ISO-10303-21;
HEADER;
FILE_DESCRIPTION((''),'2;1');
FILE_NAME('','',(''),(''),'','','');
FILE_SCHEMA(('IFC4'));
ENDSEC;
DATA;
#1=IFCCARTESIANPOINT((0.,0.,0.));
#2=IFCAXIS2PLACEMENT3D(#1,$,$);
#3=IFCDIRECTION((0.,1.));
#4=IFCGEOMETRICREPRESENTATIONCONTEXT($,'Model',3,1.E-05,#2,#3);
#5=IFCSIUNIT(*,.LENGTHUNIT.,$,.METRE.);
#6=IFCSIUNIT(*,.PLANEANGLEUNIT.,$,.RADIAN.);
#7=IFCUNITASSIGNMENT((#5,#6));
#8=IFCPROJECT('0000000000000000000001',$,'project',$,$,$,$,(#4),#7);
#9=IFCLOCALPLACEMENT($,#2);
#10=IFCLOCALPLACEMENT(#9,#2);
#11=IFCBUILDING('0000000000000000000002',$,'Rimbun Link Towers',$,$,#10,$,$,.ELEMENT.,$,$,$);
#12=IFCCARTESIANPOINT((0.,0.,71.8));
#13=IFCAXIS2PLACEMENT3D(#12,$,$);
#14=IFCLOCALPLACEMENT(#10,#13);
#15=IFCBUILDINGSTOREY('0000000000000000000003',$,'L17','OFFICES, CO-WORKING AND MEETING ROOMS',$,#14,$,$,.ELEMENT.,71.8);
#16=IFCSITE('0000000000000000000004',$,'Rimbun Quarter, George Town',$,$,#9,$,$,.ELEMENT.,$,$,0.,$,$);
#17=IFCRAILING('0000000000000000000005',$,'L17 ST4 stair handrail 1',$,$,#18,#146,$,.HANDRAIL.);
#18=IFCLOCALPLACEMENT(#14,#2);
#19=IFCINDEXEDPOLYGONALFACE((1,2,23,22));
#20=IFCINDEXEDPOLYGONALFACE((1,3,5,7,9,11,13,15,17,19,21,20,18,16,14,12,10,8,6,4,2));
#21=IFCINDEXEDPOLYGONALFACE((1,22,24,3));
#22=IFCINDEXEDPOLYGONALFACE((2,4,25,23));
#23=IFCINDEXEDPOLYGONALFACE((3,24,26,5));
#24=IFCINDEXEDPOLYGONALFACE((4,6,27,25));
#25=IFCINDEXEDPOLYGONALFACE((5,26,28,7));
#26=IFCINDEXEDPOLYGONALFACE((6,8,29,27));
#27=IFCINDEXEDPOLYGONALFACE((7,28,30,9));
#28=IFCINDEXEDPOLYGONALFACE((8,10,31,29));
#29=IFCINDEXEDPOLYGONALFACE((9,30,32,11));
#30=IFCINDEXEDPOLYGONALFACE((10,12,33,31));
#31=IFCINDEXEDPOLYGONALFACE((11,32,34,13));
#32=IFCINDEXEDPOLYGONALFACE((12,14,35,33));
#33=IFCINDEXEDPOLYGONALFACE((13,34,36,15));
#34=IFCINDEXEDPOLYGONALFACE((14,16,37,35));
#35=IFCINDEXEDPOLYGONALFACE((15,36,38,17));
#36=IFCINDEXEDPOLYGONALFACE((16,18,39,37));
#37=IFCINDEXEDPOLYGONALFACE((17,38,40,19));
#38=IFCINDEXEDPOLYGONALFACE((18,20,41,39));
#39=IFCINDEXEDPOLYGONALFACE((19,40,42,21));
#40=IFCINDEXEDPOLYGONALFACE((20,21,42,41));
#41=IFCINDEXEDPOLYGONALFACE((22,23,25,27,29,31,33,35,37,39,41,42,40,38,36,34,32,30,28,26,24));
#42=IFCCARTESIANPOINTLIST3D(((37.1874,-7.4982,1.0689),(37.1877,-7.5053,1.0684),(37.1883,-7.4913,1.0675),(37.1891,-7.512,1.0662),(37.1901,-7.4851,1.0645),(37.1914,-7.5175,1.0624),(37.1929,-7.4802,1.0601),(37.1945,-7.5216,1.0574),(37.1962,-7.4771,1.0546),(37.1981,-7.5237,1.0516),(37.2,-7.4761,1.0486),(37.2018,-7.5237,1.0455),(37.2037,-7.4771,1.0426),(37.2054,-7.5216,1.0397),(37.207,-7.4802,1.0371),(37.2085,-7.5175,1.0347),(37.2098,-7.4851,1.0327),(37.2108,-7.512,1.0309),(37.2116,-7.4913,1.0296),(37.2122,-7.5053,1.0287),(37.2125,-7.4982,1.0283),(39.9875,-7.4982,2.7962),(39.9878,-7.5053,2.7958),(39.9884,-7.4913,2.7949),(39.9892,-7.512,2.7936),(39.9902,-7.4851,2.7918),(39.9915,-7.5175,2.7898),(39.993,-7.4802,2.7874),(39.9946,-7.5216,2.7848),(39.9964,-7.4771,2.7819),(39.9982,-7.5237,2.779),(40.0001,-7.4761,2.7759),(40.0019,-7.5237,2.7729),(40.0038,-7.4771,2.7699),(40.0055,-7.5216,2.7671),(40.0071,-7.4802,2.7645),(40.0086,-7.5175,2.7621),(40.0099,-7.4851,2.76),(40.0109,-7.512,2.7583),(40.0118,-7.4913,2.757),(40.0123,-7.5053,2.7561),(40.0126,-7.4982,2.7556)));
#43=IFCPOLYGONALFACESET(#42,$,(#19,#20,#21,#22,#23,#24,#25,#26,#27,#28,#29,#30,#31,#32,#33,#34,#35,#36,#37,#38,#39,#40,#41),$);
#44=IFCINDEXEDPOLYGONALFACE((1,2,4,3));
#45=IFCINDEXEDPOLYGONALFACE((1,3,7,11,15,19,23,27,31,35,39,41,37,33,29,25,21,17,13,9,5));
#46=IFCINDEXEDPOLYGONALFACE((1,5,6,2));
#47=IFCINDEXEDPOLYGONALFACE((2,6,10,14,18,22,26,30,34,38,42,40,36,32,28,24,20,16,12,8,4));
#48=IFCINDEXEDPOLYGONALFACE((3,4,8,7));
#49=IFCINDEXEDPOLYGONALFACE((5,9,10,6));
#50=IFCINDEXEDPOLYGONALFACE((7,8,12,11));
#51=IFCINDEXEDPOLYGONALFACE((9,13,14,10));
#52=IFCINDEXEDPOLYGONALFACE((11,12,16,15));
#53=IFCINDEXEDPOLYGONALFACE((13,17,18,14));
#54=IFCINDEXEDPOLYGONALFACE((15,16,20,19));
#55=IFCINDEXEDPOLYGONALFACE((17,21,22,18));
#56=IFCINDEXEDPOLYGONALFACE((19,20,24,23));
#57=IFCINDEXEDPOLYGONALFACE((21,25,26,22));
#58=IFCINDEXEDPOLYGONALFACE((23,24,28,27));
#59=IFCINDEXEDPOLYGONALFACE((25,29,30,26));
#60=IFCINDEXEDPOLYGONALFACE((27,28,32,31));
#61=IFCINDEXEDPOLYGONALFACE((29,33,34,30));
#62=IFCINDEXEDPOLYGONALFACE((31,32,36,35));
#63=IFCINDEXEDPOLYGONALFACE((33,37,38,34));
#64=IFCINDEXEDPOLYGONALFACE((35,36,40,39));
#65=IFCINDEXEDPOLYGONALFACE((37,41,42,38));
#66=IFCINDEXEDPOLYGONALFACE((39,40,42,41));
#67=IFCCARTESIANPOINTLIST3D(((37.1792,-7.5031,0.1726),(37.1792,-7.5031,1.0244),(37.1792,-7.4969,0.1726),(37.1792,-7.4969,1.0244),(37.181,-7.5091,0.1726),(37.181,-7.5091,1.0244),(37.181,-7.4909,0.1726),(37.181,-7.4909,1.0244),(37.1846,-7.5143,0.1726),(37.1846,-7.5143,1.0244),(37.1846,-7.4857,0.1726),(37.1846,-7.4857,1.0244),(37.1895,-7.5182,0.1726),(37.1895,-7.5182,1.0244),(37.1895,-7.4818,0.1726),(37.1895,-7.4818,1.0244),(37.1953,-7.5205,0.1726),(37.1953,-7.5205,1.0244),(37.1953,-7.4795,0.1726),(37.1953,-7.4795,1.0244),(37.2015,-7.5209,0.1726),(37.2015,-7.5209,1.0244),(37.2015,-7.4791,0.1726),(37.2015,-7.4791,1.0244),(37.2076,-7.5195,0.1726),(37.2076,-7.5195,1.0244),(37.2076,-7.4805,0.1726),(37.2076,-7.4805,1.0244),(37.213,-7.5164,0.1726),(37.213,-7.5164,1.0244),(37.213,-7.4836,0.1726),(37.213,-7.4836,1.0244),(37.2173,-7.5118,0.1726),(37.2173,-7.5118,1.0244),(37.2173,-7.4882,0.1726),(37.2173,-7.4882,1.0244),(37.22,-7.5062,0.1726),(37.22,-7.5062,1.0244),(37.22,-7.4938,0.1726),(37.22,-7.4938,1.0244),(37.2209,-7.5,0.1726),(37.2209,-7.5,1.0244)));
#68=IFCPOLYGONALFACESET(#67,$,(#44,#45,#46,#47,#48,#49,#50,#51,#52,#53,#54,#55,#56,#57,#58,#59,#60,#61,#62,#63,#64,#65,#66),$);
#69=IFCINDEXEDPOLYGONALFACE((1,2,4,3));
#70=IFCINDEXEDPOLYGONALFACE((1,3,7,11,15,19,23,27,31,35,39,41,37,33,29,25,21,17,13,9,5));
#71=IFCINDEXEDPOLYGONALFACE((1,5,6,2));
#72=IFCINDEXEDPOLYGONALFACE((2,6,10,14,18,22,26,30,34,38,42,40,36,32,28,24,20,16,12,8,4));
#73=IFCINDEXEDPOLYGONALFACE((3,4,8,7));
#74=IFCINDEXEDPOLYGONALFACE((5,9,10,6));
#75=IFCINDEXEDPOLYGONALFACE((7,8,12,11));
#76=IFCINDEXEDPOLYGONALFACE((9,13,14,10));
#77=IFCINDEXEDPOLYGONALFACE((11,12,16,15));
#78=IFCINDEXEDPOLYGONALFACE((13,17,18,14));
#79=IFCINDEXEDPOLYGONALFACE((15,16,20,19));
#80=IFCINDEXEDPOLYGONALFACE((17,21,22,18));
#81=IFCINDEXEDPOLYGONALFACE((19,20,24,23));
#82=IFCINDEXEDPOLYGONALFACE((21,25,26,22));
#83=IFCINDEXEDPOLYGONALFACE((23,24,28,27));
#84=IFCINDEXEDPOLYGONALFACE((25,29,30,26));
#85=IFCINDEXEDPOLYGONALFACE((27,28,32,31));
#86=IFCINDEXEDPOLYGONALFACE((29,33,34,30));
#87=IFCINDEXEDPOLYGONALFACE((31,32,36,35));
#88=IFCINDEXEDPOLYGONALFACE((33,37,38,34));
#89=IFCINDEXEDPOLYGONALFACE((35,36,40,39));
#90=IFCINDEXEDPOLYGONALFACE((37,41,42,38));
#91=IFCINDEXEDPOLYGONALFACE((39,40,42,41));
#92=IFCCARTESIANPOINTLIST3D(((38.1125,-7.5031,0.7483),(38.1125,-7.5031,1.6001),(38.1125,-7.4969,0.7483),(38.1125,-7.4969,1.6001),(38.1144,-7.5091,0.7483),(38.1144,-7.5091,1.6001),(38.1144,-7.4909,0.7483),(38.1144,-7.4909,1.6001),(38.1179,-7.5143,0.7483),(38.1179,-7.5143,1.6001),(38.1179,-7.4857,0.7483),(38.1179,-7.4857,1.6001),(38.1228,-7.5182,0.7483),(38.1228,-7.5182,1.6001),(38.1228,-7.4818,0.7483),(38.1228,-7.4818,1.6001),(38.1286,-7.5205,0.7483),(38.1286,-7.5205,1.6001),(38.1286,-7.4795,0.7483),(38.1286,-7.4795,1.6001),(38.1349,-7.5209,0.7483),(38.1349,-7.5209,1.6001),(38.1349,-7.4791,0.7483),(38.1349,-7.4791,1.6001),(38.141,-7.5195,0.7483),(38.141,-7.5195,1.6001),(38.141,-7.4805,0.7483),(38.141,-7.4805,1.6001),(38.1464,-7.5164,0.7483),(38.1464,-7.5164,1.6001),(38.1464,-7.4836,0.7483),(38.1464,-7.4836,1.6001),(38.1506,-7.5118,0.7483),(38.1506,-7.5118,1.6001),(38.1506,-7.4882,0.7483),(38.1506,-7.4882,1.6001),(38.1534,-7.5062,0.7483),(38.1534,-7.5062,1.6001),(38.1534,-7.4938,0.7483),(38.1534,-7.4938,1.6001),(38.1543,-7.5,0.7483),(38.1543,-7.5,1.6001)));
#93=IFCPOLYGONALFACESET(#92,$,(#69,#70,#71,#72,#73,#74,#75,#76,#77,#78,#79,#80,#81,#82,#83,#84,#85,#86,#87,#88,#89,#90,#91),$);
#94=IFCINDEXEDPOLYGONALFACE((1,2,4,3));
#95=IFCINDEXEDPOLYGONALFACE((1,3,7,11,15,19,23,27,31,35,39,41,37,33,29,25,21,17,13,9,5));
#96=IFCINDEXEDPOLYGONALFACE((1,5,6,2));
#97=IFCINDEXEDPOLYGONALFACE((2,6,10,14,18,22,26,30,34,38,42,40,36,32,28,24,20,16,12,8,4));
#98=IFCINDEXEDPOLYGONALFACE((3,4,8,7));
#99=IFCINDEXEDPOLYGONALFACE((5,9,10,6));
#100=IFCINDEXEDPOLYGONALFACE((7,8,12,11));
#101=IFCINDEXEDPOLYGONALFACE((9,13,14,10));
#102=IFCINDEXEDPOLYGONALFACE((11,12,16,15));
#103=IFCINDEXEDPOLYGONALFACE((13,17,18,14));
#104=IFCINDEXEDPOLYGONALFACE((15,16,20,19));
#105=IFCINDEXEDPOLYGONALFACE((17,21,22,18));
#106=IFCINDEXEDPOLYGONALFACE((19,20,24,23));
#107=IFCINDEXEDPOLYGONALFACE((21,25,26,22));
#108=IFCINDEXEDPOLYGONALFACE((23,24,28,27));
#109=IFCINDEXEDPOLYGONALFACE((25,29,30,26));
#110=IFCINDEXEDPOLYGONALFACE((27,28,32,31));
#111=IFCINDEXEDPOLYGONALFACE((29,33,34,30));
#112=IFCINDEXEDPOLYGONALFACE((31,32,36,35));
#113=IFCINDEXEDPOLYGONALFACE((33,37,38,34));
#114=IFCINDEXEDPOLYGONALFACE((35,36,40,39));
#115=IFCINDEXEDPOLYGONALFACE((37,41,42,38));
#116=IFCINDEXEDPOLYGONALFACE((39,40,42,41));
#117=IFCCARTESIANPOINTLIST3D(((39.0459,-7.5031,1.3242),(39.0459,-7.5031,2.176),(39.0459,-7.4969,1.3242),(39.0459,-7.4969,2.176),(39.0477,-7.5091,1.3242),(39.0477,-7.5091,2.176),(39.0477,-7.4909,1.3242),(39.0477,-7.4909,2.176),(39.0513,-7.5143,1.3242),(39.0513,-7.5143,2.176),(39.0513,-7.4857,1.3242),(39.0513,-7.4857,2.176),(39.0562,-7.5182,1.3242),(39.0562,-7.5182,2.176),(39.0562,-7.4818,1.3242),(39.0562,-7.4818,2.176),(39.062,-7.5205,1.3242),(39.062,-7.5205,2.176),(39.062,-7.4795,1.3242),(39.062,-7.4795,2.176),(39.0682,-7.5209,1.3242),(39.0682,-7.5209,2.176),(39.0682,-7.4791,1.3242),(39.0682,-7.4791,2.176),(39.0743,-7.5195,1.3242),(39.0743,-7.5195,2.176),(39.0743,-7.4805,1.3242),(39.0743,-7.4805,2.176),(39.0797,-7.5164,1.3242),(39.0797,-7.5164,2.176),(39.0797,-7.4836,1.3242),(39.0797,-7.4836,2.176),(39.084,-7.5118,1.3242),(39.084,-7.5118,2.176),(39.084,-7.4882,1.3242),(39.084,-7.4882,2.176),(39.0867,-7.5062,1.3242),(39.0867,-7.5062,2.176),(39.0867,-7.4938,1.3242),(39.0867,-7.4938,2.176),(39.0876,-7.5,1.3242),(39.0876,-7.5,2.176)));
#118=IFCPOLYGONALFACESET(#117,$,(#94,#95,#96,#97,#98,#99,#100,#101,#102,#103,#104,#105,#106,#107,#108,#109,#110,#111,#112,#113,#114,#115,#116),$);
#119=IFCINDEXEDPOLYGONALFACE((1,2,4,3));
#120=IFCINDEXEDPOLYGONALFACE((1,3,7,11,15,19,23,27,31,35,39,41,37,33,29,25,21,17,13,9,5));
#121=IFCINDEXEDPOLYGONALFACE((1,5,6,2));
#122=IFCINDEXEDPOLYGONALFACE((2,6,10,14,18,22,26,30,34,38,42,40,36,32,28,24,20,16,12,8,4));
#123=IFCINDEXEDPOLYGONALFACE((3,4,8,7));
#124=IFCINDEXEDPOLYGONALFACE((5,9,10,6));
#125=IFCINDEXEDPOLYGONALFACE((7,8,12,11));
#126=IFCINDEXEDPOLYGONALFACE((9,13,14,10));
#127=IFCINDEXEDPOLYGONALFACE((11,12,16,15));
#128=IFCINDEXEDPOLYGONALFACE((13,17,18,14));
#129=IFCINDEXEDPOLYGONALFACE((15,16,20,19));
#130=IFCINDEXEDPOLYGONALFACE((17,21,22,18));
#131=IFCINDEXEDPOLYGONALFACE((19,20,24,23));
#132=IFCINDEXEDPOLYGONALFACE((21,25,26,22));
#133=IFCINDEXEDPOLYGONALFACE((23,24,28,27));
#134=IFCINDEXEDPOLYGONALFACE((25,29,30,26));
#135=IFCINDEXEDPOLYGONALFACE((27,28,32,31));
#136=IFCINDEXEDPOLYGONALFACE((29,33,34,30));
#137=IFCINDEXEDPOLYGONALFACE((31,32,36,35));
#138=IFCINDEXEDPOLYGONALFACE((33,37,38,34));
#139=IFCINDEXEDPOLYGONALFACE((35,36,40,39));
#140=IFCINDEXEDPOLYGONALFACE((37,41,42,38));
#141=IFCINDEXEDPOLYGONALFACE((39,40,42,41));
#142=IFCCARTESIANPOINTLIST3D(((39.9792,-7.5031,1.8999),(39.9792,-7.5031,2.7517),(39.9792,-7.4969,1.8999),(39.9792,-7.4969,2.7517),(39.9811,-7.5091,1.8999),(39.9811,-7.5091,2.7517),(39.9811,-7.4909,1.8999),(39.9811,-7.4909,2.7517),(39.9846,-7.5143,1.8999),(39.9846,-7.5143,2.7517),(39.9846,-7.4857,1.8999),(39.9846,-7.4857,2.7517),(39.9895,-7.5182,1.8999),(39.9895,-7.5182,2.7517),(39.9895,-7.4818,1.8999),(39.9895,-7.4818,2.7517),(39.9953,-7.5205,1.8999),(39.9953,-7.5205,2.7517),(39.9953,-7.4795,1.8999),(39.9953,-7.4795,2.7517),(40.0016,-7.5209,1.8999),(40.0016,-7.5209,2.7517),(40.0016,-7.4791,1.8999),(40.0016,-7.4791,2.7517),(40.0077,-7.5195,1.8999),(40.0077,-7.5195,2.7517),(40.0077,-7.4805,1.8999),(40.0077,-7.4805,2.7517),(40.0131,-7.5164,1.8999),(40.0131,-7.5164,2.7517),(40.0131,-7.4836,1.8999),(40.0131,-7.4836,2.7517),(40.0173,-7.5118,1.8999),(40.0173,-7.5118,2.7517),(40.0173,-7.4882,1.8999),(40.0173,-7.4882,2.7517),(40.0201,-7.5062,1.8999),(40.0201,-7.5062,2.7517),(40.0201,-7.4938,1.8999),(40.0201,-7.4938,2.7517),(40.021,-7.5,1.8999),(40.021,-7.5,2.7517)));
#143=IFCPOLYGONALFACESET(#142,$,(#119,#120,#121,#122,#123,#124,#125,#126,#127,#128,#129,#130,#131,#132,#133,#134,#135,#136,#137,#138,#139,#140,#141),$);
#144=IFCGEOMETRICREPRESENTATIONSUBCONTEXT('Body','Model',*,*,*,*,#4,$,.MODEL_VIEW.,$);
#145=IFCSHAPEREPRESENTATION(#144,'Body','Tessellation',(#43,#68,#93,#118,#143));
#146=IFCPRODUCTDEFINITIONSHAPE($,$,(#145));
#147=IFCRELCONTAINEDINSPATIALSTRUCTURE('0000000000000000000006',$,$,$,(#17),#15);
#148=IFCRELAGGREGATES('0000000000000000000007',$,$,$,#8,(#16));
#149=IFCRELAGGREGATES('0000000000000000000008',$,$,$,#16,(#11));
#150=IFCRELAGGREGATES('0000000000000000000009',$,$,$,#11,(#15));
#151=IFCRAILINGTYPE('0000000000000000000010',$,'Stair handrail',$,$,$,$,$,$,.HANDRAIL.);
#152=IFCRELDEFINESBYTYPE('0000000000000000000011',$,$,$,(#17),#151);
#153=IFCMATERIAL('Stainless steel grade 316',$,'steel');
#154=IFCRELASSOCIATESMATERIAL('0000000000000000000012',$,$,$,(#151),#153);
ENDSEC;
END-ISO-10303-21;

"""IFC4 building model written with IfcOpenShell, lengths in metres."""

from ifc_helpers import new_model, si_unit, direction, frame, origin, origin_2d, place, context, subcontext, project, spatial, circle, extrude, material, type_object, element, save


model = new_model("IFC4")

# Units and contexts
model_context = context("Model", 3, precision=1e-05, world=origin(), true_north=direction((0.0, 1.0)))
body_context = subcontext(model_context, "Body", "Model", "MODEL_VIEW")
ifc_project = project(units=[si_unit("LENGTHUNIT", "METRE"), si_unit("PLANEANGLEUNIT", "RADIAN")], contexts=[model_context])

# Site, building, storey
site_placement = place(None, origin())
site = spatial("IfcSite", under=ifc_project, at=site_placement, Name="Rimbun Quarter, George Town", CompositionType="ELEMENT", RefElevation=0.0)
building_placement = place(site_placement, origin())
building = spatial("IfcBuilding", under=site, at=building_placement, Name="Rimbun Link Towers", CompositionType="ELEMENT")
storey_placement = place(building_placement, frame((0.0, 0.0, 71.8)))
storey = spatial("IfcBuildingStorey", under=building, at=storey_placement, Name="L17", Description="OFFICES, CO-WORKING AND MEETING ROOMS", CompositionType="ELEMENT", Elevation=71.8)

# Railing
ifc_material_1 = material(Name="Stainless steel grade 316", Category="steel")
railing_type = type_object("IfcRailingType", Name="Stair handrail", PredefinedType="HANDRAIL", material=ifc_material_1)
railing_placement = place(storey_placement, frame((37.2, -7.5, 0.1726)))
element("IfcRailing", 1, at=railing_placement, inside=storey, type_object=railing_type, Name="L17 ST4 stair handrail 1", PredefinedType="HANDRAIL", context=body_context, shape_type="SweptSolid", body=[
    extrude(circle(Radius=0.0239, at=origin_2d()), frame((0.0, 0.0, 0.876), z_axis=(0.85109, 0.0, 0.52502), x_axis=(0.0, 1.0, 0.0)), (0.0, 0.0, 1.0), 3.29),
    extrude(circle(Radius=0.021, at=origin_2d()), origin(), (0.0, 0.0, 1.0), 0.8518),
    extrude(circle(Radius=0.021, at=origin_2d()), frame((0.9333, 0.0, 0.5757)), (0.0, 0.0, 1.0), 0.8518),
    extrude(circle(Radius=0.021, at=origin_2d()), frame((1.8667, 0.0, 1.1516)), (0.0, 0.0, 1.0), 0.8518),
    extrude(circle(Radius=0.021, at=origin_2d()), frame((2.8, 0.0, 1.7273)), (0.0, 0.0, 1.0), 0.8518),
])

save(model, "model.ifc")
